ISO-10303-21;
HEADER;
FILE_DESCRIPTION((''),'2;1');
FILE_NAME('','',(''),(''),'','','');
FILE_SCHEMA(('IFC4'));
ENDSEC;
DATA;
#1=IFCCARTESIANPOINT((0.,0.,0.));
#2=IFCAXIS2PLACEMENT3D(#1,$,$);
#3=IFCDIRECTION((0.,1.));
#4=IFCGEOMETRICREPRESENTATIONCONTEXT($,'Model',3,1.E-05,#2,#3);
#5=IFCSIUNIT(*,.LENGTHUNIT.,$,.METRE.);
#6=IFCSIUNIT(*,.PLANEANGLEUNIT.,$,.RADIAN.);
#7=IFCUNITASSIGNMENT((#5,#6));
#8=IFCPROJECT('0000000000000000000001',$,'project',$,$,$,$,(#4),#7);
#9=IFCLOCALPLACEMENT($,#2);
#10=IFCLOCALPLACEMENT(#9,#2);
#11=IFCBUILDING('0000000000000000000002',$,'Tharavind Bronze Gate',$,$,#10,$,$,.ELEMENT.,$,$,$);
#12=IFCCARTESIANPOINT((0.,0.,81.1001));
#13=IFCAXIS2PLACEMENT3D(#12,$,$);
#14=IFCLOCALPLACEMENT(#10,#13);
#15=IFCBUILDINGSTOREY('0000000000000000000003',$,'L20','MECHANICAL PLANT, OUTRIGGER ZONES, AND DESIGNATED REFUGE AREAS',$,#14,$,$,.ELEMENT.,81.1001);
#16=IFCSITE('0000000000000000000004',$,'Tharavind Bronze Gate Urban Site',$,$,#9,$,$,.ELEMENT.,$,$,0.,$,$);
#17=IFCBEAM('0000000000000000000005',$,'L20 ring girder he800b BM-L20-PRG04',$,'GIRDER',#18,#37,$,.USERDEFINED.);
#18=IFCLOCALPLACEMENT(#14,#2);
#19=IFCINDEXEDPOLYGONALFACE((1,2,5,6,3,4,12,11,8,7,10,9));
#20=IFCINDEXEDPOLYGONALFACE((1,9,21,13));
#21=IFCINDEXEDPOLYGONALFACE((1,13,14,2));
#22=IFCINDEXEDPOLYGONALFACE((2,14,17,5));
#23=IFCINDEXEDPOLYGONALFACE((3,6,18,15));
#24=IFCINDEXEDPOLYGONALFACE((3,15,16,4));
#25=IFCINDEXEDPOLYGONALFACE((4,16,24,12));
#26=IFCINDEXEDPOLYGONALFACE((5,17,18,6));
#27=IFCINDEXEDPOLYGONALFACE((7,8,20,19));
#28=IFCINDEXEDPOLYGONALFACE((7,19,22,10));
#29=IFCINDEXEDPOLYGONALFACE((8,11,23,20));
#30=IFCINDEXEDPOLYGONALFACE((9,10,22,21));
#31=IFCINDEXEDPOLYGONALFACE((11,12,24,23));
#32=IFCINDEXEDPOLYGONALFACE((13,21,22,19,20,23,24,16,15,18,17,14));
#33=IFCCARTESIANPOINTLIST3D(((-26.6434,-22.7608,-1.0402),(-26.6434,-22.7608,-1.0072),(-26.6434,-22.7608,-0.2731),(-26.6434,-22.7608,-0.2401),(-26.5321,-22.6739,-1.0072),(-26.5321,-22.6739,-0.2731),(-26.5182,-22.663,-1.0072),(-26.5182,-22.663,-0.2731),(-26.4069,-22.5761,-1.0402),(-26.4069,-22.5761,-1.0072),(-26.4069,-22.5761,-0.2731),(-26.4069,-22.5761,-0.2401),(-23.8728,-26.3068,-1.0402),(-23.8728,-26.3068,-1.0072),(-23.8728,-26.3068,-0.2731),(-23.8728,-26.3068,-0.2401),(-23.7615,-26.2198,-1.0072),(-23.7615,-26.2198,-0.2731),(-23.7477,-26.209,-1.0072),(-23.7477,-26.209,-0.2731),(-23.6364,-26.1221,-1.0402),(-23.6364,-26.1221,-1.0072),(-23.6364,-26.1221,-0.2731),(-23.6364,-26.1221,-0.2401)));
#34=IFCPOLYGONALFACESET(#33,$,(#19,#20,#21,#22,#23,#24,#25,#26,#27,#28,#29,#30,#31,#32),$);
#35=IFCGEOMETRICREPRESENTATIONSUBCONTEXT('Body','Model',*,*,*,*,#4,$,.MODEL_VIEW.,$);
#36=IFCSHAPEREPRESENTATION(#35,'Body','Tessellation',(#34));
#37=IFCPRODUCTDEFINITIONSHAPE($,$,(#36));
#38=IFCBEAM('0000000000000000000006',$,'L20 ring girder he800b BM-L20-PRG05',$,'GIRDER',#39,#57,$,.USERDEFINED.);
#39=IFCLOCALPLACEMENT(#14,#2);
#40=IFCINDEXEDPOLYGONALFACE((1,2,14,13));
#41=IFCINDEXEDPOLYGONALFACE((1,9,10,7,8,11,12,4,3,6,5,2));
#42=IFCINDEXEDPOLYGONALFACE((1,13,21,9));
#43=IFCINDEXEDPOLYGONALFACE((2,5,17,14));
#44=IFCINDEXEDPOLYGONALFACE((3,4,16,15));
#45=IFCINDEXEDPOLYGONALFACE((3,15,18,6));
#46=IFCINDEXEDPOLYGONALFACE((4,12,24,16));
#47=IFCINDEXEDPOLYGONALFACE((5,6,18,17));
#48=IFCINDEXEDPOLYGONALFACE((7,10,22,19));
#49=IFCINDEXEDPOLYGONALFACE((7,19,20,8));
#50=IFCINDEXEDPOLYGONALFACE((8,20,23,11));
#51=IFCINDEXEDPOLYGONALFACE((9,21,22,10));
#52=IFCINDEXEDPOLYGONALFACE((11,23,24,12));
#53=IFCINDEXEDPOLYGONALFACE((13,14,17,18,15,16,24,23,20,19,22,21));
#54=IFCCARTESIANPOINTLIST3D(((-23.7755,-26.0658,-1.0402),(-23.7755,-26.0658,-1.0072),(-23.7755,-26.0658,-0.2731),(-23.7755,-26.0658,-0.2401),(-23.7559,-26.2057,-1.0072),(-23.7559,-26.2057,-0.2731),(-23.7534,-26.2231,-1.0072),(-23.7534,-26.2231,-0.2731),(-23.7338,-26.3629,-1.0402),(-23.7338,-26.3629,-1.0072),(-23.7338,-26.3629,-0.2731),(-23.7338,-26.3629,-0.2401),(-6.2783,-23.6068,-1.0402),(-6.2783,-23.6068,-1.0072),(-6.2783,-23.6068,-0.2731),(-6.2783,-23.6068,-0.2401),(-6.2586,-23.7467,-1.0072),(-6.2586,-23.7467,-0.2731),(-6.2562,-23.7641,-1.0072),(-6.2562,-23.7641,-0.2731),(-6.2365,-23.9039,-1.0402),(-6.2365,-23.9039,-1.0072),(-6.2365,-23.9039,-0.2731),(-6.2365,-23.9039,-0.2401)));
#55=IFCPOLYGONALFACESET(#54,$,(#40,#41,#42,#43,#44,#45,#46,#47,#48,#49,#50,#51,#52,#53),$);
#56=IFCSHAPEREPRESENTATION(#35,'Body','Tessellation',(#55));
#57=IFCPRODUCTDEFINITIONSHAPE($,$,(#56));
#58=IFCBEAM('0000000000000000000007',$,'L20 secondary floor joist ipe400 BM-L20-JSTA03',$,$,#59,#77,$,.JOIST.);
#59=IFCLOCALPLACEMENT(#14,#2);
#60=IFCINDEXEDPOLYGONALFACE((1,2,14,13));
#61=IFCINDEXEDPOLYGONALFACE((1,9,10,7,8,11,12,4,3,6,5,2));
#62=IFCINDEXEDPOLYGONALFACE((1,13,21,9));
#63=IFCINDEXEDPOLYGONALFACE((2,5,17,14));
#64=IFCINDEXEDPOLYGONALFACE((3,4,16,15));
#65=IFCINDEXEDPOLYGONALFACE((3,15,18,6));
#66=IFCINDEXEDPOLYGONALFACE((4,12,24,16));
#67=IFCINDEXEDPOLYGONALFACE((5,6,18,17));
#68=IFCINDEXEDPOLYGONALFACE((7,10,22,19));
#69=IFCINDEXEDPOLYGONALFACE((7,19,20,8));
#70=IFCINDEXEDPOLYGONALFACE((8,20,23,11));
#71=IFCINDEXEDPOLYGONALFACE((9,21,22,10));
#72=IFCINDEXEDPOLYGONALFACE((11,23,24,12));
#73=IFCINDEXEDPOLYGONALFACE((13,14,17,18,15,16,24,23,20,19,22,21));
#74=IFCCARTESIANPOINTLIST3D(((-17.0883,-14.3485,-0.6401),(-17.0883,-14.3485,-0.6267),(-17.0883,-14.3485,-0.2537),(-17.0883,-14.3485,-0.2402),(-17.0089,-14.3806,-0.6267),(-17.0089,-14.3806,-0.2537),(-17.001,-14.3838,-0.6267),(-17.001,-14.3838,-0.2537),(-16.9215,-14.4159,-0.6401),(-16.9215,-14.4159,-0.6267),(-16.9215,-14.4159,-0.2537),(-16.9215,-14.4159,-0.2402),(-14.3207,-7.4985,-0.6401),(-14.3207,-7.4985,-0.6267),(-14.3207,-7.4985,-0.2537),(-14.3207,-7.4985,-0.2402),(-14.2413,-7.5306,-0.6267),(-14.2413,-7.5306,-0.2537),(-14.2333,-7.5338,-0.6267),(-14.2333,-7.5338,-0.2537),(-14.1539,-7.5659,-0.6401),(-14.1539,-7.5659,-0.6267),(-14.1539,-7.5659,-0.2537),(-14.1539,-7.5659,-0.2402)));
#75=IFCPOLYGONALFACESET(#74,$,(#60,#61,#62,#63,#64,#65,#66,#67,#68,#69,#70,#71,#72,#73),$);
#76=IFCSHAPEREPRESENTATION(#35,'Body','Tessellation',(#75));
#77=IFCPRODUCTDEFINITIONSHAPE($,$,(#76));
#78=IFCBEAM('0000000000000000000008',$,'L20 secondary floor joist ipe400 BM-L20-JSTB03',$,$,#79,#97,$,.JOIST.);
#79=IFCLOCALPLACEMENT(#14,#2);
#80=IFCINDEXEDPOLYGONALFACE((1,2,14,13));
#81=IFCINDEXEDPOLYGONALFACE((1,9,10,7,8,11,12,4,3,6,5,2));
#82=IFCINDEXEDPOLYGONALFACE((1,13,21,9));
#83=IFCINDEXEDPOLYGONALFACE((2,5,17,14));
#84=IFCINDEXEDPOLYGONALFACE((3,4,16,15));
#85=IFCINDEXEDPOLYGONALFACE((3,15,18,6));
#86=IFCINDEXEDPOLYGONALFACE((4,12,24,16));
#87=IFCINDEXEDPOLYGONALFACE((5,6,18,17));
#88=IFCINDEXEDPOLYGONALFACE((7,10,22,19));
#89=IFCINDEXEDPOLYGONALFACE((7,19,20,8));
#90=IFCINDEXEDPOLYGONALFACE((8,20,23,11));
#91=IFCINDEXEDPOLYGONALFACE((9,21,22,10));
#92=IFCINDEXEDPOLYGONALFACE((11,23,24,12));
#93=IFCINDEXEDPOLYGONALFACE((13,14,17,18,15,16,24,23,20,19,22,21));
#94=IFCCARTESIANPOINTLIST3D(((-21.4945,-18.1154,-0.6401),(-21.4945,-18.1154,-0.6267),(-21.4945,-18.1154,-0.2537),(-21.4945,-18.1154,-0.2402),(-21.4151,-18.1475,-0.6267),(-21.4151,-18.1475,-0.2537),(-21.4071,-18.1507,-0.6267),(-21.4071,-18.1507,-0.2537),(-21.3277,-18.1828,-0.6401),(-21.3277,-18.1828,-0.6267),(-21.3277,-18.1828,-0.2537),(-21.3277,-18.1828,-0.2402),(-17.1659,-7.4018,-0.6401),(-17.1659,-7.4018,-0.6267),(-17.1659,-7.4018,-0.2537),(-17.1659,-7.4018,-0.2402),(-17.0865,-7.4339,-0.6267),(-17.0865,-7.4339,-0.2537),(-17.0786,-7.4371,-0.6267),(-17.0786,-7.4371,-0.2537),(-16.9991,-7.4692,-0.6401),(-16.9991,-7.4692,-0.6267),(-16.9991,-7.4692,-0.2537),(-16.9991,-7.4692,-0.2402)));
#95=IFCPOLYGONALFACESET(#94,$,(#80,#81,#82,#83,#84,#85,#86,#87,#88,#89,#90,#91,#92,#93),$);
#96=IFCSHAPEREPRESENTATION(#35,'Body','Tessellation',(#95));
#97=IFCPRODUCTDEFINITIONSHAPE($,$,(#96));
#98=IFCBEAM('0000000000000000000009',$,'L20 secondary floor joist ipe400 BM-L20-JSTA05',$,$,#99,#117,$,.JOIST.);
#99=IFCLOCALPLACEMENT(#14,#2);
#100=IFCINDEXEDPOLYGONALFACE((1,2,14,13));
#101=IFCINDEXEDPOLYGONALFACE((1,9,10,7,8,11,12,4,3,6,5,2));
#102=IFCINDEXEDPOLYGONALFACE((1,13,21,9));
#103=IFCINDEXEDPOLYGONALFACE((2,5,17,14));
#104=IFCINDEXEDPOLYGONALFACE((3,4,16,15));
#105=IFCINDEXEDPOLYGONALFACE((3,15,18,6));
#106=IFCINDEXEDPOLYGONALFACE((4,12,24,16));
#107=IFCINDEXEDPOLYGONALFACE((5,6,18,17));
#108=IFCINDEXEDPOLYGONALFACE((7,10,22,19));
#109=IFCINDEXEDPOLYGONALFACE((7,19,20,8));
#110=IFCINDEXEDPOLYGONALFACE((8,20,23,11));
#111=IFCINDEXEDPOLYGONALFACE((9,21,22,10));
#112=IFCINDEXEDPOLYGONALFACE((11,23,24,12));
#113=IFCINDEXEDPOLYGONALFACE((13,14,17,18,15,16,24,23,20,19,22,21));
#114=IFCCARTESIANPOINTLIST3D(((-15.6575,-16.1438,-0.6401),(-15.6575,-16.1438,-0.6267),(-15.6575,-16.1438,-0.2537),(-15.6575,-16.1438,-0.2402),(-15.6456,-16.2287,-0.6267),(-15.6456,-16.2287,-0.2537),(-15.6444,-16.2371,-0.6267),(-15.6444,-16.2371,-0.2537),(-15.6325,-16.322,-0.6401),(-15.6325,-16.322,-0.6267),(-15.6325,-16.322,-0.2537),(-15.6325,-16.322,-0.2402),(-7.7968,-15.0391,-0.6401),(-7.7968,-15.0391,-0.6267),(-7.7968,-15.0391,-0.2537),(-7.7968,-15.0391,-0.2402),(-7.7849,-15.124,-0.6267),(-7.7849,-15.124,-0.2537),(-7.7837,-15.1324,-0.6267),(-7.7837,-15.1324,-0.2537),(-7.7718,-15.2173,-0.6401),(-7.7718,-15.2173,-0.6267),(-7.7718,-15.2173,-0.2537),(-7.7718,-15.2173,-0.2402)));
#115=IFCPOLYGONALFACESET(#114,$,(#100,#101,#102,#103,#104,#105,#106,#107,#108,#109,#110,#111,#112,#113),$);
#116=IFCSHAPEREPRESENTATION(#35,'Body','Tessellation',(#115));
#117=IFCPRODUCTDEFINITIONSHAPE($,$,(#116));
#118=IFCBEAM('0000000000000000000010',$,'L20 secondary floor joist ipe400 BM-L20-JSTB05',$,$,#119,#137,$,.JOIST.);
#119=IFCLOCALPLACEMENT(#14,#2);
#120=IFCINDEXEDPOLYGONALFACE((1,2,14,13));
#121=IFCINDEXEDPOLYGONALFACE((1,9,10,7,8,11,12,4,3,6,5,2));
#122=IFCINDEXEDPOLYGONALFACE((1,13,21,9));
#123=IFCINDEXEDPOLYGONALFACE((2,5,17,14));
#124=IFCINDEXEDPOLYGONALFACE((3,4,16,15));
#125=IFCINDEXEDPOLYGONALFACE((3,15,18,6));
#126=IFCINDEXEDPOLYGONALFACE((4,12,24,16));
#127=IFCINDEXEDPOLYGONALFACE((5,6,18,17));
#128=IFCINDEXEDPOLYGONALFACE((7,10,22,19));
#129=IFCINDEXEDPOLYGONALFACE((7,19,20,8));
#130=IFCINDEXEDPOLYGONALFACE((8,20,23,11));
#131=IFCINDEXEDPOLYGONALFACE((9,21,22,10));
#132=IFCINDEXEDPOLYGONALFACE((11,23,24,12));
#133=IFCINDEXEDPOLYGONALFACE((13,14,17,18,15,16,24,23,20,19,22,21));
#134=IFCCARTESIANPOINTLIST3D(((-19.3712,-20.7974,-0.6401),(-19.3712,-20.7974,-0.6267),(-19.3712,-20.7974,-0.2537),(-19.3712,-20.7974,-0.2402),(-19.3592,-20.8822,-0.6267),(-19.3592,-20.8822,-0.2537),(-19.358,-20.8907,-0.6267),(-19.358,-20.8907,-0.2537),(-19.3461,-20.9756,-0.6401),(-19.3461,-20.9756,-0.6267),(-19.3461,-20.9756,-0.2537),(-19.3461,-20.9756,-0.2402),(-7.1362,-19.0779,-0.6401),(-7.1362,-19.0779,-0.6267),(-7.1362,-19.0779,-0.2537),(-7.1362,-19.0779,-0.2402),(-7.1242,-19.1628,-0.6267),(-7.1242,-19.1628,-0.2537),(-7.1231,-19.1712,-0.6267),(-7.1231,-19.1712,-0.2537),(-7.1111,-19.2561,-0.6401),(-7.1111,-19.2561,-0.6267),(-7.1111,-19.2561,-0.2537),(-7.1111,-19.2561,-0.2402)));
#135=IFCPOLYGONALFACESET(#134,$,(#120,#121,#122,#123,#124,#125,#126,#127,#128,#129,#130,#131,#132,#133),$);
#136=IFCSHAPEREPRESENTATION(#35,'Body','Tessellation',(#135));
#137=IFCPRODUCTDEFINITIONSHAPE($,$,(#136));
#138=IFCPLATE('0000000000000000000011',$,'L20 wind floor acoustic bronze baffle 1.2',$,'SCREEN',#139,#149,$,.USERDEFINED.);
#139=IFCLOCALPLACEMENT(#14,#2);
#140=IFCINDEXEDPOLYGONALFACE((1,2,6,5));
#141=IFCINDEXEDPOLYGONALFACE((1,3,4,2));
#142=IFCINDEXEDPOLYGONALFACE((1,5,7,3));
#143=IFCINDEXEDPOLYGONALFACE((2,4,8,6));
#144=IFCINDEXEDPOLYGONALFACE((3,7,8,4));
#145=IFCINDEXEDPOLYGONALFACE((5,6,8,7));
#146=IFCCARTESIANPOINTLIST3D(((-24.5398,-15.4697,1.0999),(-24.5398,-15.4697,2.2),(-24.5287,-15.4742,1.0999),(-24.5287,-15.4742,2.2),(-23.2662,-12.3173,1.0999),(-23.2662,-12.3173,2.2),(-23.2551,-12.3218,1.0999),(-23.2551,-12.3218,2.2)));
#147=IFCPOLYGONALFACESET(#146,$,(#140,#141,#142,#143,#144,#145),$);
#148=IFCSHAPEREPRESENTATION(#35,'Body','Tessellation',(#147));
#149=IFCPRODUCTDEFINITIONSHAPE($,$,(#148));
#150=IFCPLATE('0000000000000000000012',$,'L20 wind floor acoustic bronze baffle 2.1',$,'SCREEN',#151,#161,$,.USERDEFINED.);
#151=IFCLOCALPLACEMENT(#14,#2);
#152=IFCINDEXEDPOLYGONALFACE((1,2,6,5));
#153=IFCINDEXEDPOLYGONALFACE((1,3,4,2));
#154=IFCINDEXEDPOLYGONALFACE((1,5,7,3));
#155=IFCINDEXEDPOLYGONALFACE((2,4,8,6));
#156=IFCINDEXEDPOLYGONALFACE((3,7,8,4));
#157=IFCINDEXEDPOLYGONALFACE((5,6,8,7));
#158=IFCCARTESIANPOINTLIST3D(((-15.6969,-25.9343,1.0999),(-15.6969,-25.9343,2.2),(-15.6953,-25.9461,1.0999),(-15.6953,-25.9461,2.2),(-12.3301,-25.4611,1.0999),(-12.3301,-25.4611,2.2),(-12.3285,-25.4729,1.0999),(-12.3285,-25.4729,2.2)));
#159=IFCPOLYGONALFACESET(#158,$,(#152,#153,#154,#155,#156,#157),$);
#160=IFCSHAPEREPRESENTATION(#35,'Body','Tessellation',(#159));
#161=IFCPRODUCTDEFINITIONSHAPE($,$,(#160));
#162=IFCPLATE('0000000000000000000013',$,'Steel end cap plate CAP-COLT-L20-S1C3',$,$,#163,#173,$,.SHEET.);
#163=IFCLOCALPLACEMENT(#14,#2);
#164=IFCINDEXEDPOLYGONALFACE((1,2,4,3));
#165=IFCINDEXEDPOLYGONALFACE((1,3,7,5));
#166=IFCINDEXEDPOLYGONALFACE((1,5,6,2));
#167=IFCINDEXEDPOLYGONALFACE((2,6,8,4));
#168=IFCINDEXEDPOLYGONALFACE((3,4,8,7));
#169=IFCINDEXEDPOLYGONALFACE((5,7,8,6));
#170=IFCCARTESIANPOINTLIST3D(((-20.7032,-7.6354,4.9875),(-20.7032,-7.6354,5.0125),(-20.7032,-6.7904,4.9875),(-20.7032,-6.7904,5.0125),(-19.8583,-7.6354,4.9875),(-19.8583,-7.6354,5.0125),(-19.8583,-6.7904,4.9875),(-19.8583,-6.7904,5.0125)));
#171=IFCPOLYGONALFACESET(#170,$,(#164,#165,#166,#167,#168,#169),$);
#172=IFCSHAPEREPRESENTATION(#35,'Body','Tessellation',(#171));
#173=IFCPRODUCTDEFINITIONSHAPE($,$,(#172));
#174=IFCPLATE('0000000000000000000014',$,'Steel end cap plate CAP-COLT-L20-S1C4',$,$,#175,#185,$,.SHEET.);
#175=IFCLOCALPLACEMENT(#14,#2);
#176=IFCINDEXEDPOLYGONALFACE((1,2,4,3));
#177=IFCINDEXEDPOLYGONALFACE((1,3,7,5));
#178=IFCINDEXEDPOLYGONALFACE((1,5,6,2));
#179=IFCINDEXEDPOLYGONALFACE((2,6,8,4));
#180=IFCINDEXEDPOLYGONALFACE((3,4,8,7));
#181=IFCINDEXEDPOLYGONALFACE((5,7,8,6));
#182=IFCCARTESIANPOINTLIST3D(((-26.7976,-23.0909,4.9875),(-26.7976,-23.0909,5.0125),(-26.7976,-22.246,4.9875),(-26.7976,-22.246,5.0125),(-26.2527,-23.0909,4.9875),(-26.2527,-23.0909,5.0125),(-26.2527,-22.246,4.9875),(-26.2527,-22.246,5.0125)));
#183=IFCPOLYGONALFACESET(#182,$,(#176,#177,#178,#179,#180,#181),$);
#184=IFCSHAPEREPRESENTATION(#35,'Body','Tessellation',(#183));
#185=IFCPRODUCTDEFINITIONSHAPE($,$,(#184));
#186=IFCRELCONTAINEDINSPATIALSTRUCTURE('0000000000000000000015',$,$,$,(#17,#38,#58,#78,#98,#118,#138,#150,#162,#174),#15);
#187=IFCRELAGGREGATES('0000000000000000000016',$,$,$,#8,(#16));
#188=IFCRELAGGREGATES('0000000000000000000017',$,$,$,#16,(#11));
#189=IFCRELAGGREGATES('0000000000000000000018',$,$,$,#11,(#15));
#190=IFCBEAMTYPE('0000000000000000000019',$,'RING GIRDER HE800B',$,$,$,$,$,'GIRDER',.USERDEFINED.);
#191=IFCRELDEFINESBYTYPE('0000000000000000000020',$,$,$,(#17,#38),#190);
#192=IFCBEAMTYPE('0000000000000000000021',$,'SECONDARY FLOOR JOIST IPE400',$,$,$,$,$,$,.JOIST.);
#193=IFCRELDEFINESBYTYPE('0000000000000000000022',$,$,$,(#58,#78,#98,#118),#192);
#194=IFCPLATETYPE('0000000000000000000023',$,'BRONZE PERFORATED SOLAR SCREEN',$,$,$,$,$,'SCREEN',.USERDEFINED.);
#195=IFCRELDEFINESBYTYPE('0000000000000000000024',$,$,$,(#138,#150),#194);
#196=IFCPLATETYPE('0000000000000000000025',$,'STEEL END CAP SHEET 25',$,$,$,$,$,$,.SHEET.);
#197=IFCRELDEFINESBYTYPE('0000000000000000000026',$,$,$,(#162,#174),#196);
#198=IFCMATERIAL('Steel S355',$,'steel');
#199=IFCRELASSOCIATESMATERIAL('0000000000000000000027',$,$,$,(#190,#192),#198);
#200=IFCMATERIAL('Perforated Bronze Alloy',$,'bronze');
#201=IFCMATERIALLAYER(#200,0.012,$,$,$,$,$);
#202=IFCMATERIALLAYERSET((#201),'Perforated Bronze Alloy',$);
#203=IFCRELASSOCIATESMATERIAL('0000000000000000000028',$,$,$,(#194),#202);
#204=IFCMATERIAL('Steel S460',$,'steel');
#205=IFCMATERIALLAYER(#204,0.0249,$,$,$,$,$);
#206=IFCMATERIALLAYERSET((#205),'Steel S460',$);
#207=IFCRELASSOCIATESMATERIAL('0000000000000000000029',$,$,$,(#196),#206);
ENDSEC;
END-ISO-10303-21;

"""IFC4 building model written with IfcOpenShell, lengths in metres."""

from ifc_helpers import new_model, si_unit, direction, frame, origin, origin_2d, place, context, subcontext, project, spatial, rectangle, i_section, extrude, material, layer, layer_set, material_profile, profile_set, type_object, element, save


model = new_model("IFC4")

# Units and contexts
model_context = context("Model", 3, precision=1e-05, world=origin(), true_north=direction((0.0, 1.0)))
body_context = subcontext(model_context, "Body", "Model", "MODEL_VIEW")
ifc_project = project(units=[si_unit("LENGTHUNIT", "METRE"), si_unit("PLANEANGLEUNIT", "RADIAN")], contexts=[model_context])

# Site, building, storey
site_placement = place(None, origin())
site = spatial("IfcSite", under=ifc_project, at=site_placement, Name="Tharavind Bronze Gate Urban Site", CompositionType="ELEMENT", RefElevation=0.0)
building_placement = place(site_placement, origin())
building = spatial("IfcBuilding", under=site, at=building_placement, Name="Tharavind Bronze Gate", CompositionType="ELEMENT")
storey_placement = place(building_placement, frame((0.0, 0.0, 81.1001)))
storey = spatial("IfcBuildingStorey", under=building, at=storey_placement, Name="L20", Description="MECHANICAL PLANT, OUTRIGGER ZONES, AND DESIGNATED REFUGE AREAS", CompositionType="ELEMENT", Elevation=81.1001)

# Shared definitions
ifc_material_1 = material(Name="Steel S460", Category="steel")

# Beams
ifc_material_2 = material(Name="Steel S355", Category="steel")
ifc_material_profile_1 = material_profile(ifc_material_2, i_section(OverallWidth=0.3, OverallDepth=0.8, WebThickness=0.0176, FlangeThickness=0.033, at=origin_2d()), Name="HE800B")
ifc_profile_set_1 = profile_set([ifc_material_profile_1], Name="Steel S355")
beam_type_1 = type_object("IfcBeamType", Name="RING GIRDER HE800B", ElementType="GIRDER", PredefinedType="USERDEFINED", material=ifc_profile_set_1)
beam_1_placement = place(storey_placement, frame((-26.5251, -22.6685, -0.6401), z_axis=(0.615682, -0.787995, 0.0), x_axis=(0.787995, 0.615682, 0.0)))
element("IfcBeam", 1, at=beam_1_placement, inside=storey, type_object=beam_type_1, Name="L20 ring girder he800b BM-L20-PRG04", ObjectType="GIRDER", PredefinedType="USERDEFINED", context=body_context, shape_type="SweptSolid", body=[
    extrude(i_section(OverallWidth=0.3, OverallDepth=0.8, WebThickness=0.0176, FlangeThickness=0.033, at=origin_2d()), origin(), (0.0, 0.0, 1.0), 4.5),
])
beam_2_placement = place(storey_placement, frame((-23.7546, -26.2144, -0.6401), z_axis=(0.990269, 0.139167, 0.0), x_axis=(-0.139167, 0.990269, 0.0)))
element("IfcBeam", 2, at=beam_2_placement, inside=storey, type_object=beam_type_1, Name="L20 ring girder he800b BM-L20-PRG05", ObjectType="GIRDER", PredefinedType="USERDEFINED", context=body_context, shape_type="SweptSolid", body=[
    extrude(i_section(OverallWidth=0.3, OverallDepth=0.8, WebThickness=0.0176, FlangeThickness=0.033, at=origin_2d()), origin(), (0.0, 0.0, 1.0), 17.6692),
])
ifc_material_profile_2 = material_profile(ifc_material_2, i_section(OverallWidth=0.1799, OverallDepth=0.3999, WebThickness=0.0085, FlangeThickness=0.0134, at=origin_2d()), Name="IPE400")
ifc_profile_set_2 = profile_set([ifc_material_profile_2], Name="Steel S355")
beam_type_2 = type_object("IfcBeamType", Name="SECONDARY FLOOR JOIST IPE400", PredefinedType="JOIST", material=ifc_profile_set_2)
beam_3_placement = place(storey_placement, frame((-14.2373, -7.5322, -0.4402), z_axis=(-0.374613, -0.927181, 0.0), x_axis=(0.927181, -0.374613, 0.0)))
element("IfcBeam", 3, at=beam_3_placement, inside=storey, type_object=beam_type_2, Name="L20 secondary floor joist ipe400 BM-L20-JSTA03", PredefinedType="JOIST", context=body_context, shape_type="SweptSolid", body=[
    extrude(i_section(OverallWidth=0.1799, OverallDepth=0.3999, WebThickness=0.0085, FlangeThickness=0.0134, at=origin_2d()), origin(), (0.0, 0.0, 1.0), 7.3879),
])
beam_4_placement = place(storey_placement, frame((-17.0825, -7.4355, -0.4402), z_axis=(-0.374609, -0.927183, 0.0), x_axis=(0.927183, -0.374609, 0.0)))
element("IfcBeam", 4, at=beam_4_placement, inside=storey, type_object=beam_type_2, Name="L20 secondary floor joist ipe400 BM-L20-JSTB03", PredefinedType="JOIST", context=body_context, shape_type="SweptSolid", body=[
    extrude(i_section(OverallWidth=0.1799, OverallDepth=0.3999, WebThickness=0.0085, FlangeThickness=0.0134, at=origin_2d()), origin(), (0.0, 0.0, 1.0), 11.5549),
])
beam_5_placement = place(storey_placement, frame((-15.645, -16.2329, -0.4402), z_axis=(0.990269, 0.139169, 0.0), x_axis=(-0.139169, 0.990269, 0.0)))
element("IfcBeam", 5, at=beam_5_placement, inside=storey, type_object=beam_type_2, Name="L20 secondary floor joist ipe400 BM-L20-JSTA05", PredefinedType="JOIST", context=body_context, shape_type="SweptSolid", body=[
    extrude(i_section(OverallWidth=0.1799, OverallDepth=0.3999, WebThickness=0.0085, FlangeThickness=0.0134, at=origin_2d()), origin(), (0.0, 0.0, 1.0), 7.938),
])
beam_6_placement = place(storey_placement, frame((-19.3586, -20.8865, -0.4402), z_axis=(0.990269, 0.139169, 0.0), x_axis=(-0.139169, 0.990269, 0.0)))
element("IfcBeam", 6, at=beam_6_placement, inside=storey, type_object=beam_type_2, Name="L20 secondary floor joist ipe400 BM-L20-JSTB05", PredefinedType="JOIST", context=body_context, shape_type="SweptSolid", body=[
    extrude(i_section(OverallWidth=0.1799, OverallDepth=0.3999, WebThickness=0.0085, FlangeThickness=0.0134, at=origin_2d()), origin(), (0.0, 0.0, 1.0), 12.3552),
])

# Plates
ifc_material_3 = material(Name="Perforated Bronze Alloy", Category="bronze")
ifc_layer_1 = layer(ifc_material_3, 0.012)
ifc_layer_set_1 = layer_set([ifc_layer_1], Name="Perforated Bronze Alloy")
plate_type_1 = type_object("IfcPlateType", Name="BRONZE PERFORATED SOLAR SCREEN", ElementType="SCREEN", PredefinedType="USERDEFINED", material=ifc_layer_set_1)
for number, where, z_axis, x_axis, name in (
    (7, (-23.8975, -13.8958, 1.0999), (0.0, 0.0, 1.0), (-0.374607, -0.927184, 0.0), "L20 wind floor acoustic bronze baffle 1.2"),
    (8, (-14.0127, -25.7036, 1.0999), (0.0, 0.0, 1.0), (0.990268, 0.139173, 0.0), "L20 wind floor acoustic bronze baffle 2.1"),
):
    element("IfcPlate", number, at=place(storey_placement, frame(where, z_axis=z_axis, x_axis=x_axis)), inside=storey, type_object=plate_type_1, Name=name, ObjectType="SCREEN", PredefinedType="USERDEFINED", context=body_context, shape_type="SweptSolid", body=[
        extrude(rectangle(XDim=3.3999, YDim=0.012, at=origin_2d()), origin(), (0.0, 0.0, 1.0), 1.1001),
    ])
ifc_layer_2 = layer(ifc_material_1, 0.0249)
ifc_layer_set_2 = layer_set([ifc_layer_2], Name="Steel S460")
plate_type_2 = type_object("IfcPlateType", Name="STEEL END CAP SHEET 25", PredefinedType="SHEET", material=ifc_layer_set_2)
plate_1_placement = place(storey_placement, frame((-20.2808, -7.2129, 4.9875), z_axis=(0.0, 0.0, 1.0), x_axis=(1.0, 0.0, 0.0)))
element("IfcPlate", 9, at=plate_1_placement, inside=storey, type_object=plate_type_2, Name="Steel end cap plate CAP-COLT-L20-S1C3", PredefinedType="SHEET", context=body_context, shape_type="SweptSolid", body=[
    extrude(rectangle(XDim=0.845, YDim=0.845, at=origin_2d()), origin(), (0.0, 0.0, 1.0), 0.0249),
])
for number, where, z_axis, x_axis, name in (
    (10, (-26.5251, -22.6685, 4.9875), (0.0, 0.0, 1.0), (1.0, 0.0, 0.0), "Steel end cap plate CAP-COLT-L20-S1C4"),
):
    element("IfcPlate", number, at=place(storey_placement, frame(where, z_axis=z_axis, x_axis=x_axis)), inside=storey, type_object=plate_type_2, Name=name, PredefinedType="SHEET", context=body_context, shape_type="SweptSolid", body=[
        extrude(rectangle(XDim=0.5449, YDim=0.845, at=origin_2d()), origin(), (0.0, 0.0, 1.0), 0.0249),
    ])

save(model, "model.ifc")
